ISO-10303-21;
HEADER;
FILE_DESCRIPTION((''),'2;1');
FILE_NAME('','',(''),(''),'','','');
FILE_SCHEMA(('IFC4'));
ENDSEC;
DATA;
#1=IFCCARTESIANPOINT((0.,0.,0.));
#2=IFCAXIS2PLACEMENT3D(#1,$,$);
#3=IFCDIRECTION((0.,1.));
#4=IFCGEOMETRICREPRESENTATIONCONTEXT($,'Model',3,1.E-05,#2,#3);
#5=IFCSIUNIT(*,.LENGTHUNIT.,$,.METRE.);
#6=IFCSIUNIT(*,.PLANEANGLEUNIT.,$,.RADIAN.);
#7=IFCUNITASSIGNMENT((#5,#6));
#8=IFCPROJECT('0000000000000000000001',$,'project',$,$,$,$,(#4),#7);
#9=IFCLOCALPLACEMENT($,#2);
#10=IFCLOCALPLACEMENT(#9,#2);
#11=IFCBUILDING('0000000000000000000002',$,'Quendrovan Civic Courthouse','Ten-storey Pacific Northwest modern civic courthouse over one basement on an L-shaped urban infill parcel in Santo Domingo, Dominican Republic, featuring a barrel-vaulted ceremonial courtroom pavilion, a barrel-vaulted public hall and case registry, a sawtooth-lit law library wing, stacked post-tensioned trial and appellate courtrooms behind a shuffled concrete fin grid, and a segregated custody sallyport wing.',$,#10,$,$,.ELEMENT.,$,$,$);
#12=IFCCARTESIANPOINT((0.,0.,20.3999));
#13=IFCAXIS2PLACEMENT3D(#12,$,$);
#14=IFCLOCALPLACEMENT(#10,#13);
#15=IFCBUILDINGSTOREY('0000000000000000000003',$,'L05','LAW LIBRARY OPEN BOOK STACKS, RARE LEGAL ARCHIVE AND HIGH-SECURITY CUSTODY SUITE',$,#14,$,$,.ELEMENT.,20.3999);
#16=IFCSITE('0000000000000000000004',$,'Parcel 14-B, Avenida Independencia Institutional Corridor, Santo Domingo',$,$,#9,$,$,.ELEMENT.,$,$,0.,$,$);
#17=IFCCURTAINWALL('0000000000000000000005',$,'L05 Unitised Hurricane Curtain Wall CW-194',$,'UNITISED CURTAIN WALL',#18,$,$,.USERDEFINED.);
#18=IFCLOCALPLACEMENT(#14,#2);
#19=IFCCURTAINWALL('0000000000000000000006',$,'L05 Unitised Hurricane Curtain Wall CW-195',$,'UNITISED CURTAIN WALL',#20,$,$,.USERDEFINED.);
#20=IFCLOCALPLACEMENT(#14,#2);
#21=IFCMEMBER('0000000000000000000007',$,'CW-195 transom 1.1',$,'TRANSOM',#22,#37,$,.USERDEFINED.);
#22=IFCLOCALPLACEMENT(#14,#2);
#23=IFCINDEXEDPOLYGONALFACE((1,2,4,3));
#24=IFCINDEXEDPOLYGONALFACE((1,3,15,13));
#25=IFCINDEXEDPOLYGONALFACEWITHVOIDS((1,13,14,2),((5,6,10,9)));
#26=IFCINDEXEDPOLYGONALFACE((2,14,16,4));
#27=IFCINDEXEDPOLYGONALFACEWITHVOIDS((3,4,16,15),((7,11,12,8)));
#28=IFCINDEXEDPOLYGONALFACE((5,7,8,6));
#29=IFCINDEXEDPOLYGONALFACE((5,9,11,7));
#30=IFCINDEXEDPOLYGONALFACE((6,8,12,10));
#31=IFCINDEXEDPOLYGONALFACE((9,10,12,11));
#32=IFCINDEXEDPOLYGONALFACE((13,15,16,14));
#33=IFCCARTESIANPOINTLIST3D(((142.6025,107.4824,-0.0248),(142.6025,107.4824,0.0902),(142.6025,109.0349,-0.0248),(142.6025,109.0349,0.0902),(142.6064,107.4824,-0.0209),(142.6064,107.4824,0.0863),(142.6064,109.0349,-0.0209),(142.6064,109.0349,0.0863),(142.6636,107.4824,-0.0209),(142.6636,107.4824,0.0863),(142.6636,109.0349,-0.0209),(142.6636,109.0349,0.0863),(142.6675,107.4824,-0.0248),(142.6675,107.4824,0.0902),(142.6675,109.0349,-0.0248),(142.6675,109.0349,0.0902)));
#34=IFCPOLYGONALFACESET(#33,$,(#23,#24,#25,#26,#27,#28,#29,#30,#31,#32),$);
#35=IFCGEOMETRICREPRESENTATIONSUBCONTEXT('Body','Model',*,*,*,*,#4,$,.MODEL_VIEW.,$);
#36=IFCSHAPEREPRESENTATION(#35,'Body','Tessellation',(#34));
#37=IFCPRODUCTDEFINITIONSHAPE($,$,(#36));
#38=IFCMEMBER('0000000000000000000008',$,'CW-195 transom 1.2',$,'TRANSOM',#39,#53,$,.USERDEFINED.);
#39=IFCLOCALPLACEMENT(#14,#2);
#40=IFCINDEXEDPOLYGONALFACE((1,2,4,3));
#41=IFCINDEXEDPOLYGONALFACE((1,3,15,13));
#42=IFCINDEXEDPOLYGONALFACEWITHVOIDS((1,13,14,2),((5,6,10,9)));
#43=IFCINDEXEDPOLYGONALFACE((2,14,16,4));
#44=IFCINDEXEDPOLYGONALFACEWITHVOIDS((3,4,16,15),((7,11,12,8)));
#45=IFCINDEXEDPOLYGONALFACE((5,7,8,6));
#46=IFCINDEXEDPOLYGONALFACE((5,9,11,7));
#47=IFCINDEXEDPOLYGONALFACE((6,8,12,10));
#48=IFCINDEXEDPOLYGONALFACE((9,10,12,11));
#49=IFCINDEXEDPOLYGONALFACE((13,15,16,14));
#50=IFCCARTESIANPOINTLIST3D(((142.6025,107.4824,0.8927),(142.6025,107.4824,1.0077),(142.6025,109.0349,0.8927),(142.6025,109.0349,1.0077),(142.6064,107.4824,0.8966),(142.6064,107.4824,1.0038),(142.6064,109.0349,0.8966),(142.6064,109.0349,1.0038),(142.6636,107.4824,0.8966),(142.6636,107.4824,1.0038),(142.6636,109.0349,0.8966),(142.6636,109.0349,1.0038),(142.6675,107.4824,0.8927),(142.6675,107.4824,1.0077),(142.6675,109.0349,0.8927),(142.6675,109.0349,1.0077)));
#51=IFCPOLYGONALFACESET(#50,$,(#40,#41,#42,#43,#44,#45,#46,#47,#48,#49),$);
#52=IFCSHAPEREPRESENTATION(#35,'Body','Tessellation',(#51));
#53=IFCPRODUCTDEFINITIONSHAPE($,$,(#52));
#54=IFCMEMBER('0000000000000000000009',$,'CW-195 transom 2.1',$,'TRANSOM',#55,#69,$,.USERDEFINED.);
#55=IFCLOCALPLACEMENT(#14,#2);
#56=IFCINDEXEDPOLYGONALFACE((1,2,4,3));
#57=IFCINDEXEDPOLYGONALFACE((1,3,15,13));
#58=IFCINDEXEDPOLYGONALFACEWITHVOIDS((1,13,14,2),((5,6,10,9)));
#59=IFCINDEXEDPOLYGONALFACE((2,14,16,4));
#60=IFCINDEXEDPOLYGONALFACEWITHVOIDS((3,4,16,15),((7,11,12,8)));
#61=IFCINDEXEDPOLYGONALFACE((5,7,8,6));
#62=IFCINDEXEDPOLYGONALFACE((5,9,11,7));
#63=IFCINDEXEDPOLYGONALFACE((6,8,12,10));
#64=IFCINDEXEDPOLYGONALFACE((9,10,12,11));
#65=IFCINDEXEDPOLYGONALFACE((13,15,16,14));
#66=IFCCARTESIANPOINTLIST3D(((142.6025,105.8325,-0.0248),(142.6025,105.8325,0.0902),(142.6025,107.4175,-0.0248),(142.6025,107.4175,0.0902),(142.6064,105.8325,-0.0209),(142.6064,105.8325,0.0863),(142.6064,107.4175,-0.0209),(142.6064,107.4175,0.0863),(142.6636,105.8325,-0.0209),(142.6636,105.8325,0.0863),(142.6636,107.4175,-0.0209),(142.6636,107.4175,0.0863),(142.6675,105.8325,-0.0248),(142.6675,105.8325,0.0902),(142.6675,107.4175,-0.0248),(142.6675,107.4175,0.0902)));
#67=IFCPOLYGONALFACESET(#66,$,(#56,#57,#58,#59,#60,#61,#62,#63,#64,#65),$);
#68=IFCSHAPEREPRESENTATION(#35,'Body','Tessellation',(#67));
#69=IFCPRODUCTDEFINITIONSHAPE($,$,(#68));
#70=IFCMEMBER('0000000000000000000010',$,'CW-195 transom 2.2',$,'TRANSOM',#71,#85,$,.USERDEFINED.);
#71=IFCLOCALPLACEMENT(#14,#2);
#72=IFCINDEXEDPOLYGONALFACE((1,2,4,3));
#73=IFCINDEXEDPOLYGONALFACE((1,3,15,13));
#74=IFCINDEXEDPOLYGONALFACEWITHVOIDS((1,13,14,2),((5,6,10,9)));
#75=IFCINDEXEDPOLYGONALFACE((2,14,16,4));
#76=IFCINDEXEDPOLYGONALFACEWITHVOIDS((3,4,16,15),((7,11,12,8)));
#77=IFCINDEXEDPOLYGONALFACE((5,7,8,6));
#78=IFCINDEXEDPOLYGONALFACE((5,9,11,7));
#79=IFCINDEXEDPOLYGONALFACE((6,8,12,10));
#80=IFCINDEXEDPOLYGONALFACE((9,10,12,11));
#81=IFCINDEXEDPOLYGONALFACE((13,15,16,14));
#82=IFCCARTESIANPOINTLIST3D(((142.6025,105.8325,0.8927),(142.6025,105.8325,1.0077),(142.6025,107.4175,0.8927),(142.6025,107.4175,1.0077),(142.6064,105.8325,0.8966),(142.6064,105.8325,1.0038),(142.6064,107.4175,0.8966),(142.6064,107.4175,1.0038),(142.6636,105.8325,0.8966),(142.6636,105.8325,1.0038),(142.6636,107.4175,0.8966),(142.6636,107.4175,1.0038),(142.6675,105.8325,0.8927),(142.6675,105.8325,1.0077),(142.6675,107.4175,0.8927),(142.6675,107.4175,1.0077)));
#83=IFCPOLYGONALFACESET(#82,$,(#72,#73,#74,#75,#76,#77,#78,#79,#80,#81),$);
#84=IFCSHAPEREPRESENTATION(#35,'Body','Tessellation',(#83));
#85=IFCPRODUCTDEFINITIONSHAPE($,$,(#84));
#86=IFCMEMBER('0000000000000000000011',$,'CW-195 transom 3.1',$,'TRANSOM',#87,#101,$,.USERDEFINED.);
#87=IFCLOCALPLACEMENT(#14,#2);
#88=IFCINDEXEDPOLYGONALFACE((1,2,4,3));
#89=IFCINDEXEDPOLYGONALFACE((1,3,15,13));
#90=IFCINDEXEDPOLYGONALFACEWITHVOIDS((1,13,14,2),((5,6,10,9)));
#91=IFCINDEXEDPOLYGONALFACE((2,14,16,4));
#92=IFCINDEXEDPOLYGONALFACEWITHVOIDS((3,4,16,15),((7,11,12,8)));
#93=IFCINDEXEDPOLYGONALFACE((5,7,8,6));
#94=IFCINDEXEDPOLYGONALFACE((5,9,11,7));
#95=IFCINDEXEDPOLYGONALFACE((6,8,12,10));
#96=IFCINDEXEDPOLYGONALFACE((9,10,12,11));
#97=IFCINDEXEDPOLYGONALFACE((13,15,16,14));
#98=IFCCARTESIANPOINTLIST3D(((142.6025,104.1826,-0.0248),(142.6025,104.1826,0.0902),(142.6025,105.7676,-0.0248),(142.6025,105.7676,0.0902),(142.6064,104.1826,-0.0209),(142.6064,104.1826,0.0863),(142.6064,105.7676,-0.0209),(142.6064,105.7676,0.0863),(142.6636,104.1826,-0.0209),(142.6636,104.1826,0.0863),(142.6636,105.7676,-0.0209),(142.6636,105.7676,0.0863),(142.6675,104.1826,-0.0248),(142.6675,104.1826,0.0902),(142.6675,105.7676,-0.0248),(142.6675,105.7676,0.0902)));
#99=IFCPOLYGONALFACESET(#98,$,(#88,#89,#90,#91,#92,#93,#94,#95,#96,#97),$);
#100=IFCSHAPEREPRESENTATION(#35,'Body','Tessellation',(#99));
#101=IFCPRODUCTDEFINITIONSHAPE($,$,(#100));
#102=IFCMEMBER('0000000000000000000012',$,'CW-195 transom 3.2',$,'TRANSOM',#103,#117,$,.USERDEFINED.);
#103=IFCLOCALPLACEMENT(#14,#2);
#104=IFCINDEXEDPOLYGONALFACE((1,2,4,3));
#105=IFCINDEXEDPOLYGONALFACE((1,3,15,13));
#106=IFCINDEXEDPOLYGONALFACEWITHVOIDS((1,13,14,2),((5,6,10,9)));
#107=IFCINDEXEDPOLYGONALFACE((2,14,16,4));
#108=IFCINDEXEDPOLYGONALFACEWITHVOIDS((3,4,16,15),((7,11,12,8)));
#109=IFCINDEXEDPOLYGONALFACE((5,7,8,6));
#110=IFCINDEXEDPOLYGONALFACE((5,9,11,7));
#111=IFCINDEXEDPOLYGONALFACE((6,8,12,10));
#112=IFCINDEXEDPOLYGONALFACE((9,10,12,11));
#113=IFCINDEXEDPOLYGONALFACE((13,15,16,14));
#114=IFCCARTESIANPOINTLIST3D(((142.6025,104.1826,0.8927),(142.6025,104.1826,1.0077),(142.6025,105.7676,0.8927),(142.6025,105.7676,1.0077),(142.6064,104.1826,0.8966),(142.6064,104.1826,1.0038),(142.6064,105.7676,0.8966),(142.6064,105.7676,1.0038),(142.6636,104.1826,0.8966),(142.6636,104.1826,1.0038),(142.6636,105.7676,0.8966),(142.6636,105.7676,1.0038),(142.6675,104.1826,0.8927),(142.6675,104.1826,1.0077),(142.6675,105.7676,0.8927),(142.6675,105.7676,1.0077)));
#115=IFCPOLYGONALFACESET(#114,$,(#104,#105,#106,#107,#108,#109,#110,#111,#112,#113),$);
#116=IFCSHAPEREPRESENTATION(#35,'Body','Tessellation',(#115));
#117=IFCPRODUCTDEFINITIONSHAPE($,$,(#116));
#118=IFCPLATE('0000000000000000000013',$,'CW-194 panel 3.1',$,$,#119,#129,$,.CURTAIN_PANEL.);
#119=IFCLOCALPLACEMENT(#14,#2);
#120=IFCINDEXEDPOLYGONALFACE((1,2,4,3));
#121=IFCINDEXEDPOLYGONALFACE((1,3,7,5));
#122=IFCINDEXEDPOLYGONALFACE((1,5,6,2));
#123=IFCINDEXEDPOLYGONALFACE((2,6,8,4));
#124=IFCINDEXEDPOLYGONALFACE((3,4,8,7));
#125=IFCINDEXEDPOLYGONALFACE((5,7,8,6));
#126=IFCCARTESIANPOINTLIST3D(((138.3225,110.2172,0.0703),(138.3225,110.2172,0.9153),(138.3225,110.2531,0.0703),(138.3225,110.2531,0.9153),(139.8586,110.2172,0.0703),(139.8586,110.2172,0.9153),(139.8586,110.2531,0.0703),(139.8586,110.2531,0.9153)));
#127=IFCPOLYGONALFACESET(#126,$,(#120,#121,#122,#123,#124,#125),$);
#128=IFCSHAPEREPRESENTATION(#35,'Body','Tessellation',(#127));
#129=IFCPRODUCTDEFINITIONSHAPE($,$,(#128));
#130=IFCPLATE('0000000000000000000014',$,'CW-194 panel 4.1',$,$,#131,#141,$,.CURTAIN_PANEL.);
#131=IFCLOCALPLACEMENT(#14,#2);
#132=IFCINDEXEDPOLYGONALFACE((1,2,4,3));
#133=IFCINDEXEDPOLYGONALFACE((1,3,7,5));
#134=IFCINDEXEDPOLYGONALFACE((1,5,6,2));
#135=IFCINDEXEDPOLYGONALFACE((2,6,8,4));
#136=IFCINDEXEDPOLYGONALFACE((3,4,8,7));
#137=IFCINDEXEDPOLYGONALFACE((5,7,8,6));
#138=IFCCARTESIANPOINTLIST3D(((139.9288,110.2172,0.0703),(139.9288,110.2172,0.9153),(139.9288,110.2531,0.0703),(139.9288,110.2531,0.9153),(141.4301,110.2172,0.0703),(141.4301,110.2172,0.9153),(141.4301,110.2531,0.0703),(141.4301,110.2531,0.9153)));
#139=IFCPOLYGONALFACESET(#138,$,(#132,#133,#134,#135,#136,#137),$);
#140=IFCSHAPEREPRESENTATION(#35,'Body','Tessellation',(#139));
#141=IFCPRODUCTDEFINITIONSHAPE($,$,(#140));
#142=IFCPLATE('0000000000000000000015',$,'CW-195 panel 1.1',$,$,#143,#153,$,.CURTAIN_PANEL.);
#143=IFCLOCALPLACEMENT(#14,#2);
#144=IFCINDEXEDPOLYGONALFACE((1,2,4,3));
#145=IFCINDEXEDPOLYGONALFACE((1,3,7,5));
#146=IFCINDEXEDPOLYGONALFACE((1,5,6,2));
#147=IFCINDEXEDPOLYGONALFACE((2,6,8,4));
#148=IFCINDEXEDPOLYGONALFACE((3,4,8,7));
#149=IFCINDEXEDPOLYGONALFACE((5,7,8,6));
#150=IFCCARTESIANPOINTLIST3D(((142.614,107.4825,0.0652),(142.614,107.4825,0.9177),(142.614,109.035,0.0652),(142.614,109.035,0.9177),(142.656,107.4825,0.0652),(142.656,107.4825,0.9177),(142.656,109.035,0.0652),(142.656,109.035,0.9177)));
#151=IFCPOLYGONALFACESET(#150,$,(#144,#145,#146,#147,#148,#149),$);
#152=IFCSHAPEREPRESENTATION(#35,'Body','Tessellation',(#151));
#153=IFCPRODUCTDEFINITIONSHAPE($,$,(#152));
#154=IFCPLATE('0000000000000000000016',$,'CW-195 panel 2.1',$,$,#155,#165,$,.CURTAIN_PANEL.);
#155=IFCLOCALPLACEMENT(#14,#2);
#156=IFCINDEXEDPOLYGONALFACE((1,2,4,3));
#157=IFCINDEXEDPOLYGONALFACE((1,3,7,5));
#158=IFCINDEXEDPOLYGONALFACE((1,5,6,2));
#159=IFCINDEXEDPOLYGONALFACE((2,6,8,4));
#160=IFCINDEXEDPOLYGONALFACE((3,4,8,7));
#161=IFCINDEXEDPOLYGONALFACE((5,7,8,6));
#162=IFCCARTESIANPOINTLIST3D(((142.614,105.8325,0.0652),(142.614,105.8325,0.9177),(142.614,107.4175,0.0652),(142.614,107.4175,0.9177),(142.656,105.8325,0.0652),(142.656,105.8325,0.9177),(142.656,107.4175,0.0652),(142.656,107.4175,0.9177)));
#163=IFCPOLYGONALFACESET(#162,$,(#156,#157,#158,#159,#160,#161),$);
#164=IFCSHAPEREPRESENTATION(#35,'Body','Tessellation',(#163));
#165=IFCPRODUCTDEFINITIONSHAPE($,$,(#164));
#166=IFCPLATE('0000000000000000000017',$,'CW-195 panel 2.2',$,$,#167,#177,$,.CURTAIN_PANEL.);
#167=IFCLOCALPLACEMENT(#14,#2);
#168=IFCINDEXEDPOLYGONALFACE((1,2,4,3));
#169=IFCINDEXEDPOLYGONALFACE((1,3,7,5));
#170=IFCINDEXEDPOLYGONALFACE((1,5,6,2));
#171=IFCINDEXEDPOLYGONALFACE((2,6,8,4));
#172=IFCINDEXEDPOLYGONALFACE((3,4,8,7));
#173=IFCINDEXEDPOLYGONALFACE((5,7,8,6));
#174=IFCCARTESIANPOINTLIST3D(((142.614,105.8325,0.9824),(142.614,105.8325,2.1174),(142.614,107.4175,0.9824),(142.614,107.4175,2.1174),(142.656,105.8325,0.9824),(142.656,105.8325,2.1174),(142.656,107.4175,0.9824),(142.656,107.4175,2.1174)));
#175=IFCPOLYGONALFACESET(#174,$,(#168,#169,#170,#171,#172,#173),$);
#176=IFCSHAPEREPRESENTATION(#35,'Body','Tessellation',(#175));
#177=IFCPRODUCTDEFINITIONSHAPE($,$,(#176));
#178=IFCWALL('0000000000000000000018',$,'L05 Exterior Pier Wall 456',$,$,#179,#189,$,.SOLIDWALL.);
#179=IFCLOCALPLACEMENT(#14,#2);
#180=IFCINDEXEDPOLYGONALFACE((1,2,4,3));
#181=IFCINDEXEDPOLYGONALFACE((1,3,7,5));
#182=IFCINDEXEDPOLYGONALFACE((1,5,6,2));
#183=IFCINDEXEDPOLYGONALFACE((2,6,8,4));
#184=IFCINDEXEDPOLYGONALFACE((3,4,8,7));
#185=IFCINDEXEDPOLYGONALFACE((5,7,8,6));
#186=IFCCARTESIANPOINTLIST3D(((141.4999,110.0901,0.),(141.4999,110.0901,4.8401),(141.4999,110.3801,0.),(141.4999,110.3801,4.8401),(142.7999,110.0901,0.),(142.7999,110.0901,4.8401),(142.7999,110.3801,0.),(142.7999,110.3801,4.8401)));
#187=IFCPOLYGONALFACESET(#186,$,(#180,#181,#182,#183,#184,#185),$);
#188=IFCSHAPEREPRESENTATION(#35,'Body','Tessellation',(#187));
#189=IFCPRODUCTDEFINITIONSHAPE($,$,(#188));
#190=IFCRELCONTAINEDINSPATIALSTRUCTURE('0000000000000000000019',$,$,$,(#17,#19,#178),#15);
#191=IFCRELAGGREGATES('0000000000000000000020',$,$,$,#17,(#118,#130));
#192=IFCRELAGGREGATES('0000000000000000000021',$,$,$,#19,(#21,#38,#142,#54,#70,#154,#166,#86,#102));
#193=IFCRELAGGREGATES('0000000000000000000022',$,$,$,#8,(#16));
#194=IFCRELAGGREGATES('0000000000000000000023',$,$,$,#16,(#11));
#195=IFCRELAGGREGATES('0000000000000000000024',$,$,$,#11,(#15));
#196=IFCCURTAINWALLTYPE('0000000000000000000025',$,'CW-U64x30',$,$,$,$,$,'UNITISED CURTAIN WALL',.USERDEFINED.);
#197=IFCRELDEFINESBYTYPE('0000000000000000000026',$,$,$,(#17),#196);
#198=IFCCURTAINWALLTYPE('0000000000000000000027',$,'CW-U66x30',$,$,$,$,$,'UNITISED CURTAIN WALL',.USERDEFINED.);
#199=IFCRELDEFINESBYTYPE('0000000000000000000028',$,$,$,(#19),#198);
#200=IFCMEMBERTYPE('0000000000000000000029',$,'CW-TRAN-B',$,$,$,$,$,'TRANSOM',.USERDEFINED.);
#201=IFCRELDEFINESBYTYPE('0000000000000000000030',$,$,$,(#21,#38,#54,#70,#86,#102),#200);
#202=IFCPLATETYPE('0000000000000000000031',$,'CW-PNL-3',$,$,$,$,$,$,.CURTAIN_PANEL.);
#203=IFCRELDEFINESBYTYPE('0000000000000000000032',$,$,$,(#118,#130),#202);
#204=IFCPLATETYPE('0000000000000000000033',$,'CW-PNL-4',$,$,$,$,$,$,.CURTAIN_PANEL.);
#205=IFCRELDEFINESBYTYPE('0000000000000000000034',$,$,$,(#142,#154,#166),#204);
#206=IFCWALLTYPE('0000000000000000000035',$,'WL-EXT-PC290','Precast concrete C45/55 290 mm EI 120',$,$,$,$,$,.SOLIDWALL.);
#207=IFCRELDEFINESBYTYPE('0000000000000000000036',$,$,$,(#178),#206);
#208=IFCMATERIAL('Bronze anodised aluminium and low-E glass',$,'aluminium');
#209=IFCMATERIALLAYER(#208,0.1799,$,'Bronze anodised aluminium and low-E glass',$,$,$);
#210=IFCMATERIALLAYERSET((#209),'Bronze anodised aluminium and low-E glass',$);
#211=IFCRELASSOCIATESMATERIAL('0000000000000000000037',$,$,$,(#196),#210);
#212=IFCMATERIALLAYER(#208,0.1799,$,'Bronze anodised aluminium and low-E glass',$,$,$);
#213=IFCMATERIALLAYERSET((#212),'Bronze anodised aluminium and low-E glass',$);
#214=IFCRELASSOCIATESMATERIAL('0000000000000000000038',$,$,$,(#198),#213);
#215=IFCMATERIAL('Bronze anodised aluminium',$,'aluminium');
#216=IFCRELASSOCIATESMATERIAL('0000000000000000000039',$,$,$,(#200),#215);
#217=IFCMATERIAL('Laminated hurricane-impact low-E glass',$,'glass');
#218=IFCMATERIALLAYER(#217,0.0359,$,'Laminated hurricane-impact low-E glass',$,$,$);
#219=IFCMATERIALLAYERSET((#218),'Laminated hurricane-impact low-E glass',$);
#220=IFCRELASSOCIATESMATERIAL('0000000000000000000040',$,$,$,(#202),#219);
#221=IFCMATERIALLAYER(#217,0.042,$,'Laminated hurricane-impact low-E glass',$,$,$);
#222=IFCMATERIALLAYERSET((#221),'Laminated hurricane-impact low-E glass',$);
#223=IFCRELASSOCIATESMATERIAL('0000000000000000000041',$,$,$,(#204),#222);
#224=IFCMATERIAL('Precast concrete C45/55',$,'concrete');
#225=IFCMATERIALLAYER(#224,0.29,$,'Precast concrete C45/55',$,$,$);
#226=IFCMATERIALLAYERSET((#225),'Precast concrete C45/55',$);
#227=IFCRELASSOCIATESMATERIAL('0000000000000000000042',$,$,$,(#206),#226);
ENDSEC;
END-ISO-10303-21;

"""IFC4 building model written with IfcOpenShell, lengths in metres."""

from ifc_helpers import new_model, si_unit, direction, frame, frame_2d, origin, origin_2d, place, context, subcontext, project, spatial, rectangle, hollow_rectangle, extrude, material, layer, layer_set, material_profile, profile_set, type_object, element, aggregate, save


model = new_model("IFC4")

# Units and contexts
model_context = context("Model", 3, precision=1e-05, world=origin(), true_north=direction((0.0, 1.0)))
body_context = subcontext(model_context, "Body", "Model", "MODEL_VIEW")
ifc_project = project(units=[si_unit("LENGTHUNIT", "METRE"), si_unit("PLANEANGLEUNIT", "RADIAN")], contexts=[model_context])

# Site, building, storey
site_placement = place(None, origin())
site = spatial("IfcSite", under=ifc_project, at=site_placement, Name="Parcel 14-B, Avenida Independencia Institutional Corridor, Santo Domingo", CompositionType="ELEMENT", RefElevation=0.0)
building_placement = place(site_placement, origin())
building = spatial("IfcBuilding", under=site, at=building_placement, Name="Quendrovan Civic Courthouse", Description="Ten-storey Pacific Northwest modern civic courthouse over one basement on an L-shaped urban infill parcel in Santo Domingo, Dominican Republic, featuring a barrel-vaulted ceremonial courtroom pavilion, a barrel-vaulted public hall and case registry, a sawtooth-lit law library wing, stacked post-tensioned trial and appellate courtrooms behind a shuffled concrete fin grid, and a segregated custody sallyport wing.", CompositionType="ELEMENT")
storey_placement = place(building_placement, frame((0.0, 0.0, 20.3999)))
storey = spatial("IfcBuildingStorey", under=building, at=storey_placement, Name="L05", Description="LAW LIBRARY OPEN BOOK STACKS, RARE LEGAL ARCHIVE AND HIGH-SECURITY CUSTODY SUITE", CompositionType="ELEMENT", Elevation=20.3999)

# Curtain walls
ifc_material_1 = material(Name="Bronze anodised aluminium and low-E glass", Category="aluminium")
ifc_layer_1 = layer(ifc_material_1, 0.1799, Name="Bronze anodised aluminium and low-E glass")
ifc_layer_set_1 = layer_set([ifc_layer_1], Name="Bronze anodised aluminium and low-E glass")
curtain_wall_type_1 = type_object("IfcCurtainWallType", Name="CW-U64x30", ElementType="UNITISED CURTAIN WALL", PredefinedType="USERDEFINED", material=ifc_layer_set_1)
curtain_wall_1_placement = place(storey_placement, origin())
curtain_wall_1 = element("IfcCurtainWall", 1, at=curtain_wall_1_placement, inside=storey, type_object=curtain_wall_type_1, Name="L05 Unitised Hurricane Curtain Wall CW-194", ObjectType="UNITISED CURTAIN WALL", PredefinedType="USERDEFINED")
ifc_material_2 = material(Name="Bronze anodised aluminium", Category="aluminium")
ifc_layer_2 = layer(ifc_material_1, 0.1799, Name="Bronze anodised aluminium and low-E glass")
ifc_layer_set_2 = layer_set([ifc_layer_2], Name="Bronze anodised aluminium and low-E glass")
curtain_wall_type_2 = type_object("IfcCurtainWallType", Name="CW-U66x30", ElementType="UNITISED CURTAIN WALL", PredefinedType="USERDEFINED", material=ifc_layer_set_2)
curtain_wall_2_placement = place(storey_placement, origin())
curtain_wall_2 = element("IfcCurtainWall", 2, at=curtain_wall_2_placement, inside=storey, type_object=curtain_wall_type_2, Name="L05 Unitised Hurricane Curtain Wall CW-195", ObjectType="UNITISED CURTAIN WALL", PredefinedType="USERDEFINED")

# Members
ifc_material_profile_1 = material_profile(ifc_material_2, hollow_rectangle(XDim=0.0649, YDim=0.115, WallThickness=0.0039, at=origin_2d()), Name="CW-TRAN-65x115")
ifc_profile_set_1 = profile_set([ifc_material_profile_1], Name="Bronze anodised aluminium")
member_type_1 = type_object("IfcMemberType", Name="CW-TRAN-B", ElementType="TRANSOM", PredefinedType="USERDEFINED", material=ifc_profile_set_1)
member_1_placement = place(storey_placement, frame((142.635, 109.0349, 0.0327), z_axis=(0.0, -1.0, 0.0), x_axis=(1.0, 0.0, 0.0)))
member_1 = element("IfcMember", 3, at=member_1_placement, type_object=member_type_1, Name="CW-195 transom 1.1", ObjectType="TRANSOM", PredefinedType="USERDEFINED", context=body_context, shape_type="SweptSolid", body=[
    extrude(hollow_rectangle(XDim=0.0649, YDim=0.115, WallThickness=0.0039, at=origin_2d()), origin(), (0.0, 0.0, 1.0), 1.5525),
])
member_2_placement = place(storey_placement, frame((142.635, 109.0349, 0.9502), z_axis=(0.0, -1.0, 0.0), x_axis=(1.0, 0.0, 0.0)))
member_2 = element("IfcMember", 4, at=member_2_placement, type_object=member_type_1, Name="CW-195 transom 1.2", ObjectType="TRANSOM", PredefinedType="USERDEFINED", context=body_context, shape_type="SweptSolid", body=[
    extrude(hollow_rectangle(XDim=0.0649, YDim=0.115, WallThickness=0.0039, at=origin_2d()), origin(), (0.0, 0.0, 1.0), 1.5525),
])
member_3_placement = place(storey_placement, frame((142.635, 107.4175, 0.0327), z_axis=(0.0, -1.0, 0.0), x_axis=(1.0, 0.0, 0.0)))
member_3 = element("IfcMember", 5, at=member_3_placement, type_object=member_type_1, Name="CW-195 transom 2.1", ObjectType="TRANSOM", PredefinedType="USERDEFINED", context=body_context, shape_type="SweptSolid", body=[
    extrude(hollow_rectangle(XDim=0.0649, YDim=0.115, WallThickness=0.0039, at=origin_2d()), origin(), (0.0, 0.0, 1.0), 1.585),
])
member_4_placement = place(storey_placement, frame((142.635, 107.4175, 0.9502), z_axis=(0.0, -1.0, 0.0), x_axis=(1.0, 0.0, 0.0)))
member_4 = element("IfcMember", 6, at=member_4_placement, type_object=member_type_1, Name="CW-195 transom 2.2", ObjectType="TRANSOM", PredefinedType="USERDEFINED", context=body_context, shape_type="SweptSolid", body=[
    extrude(hollow_rectangle(XDim=0.0649, YDim=0.115, WallThickness=0.0039, at=origin_2d()), origin(), (0.0, 0.0, 1.0), 1.585),
])
member_5_placement = place(storey_placement, frame((142.635, 105.7676, 0.0327), z_axis=(0.0, -1.0, 0.0), x_axis=(1.0, 0.0, 0.0)))
member_5 = element("IfcMember", 7, at=member_5_placement, type_object=member_type_1, Name="CW-195 transom 3.1", ObjectType="TRANSOM", PredefinedType="USERDEFINED", context=body_context, shape_type="SweptSolid", body=[
    extrude(hollow_rectangle(XDim=0.0649, YDim=0.115, WallThickness=0.0039, at=origin_2d()), origin(), (0.0, 0.0, 1.0), 1.585),
])
member_6_placement = place(storey_placement, frame((142.635, 105.7676, 0.9502), z_axis=(0.0, -1.0, 0.0), x_axis=(1.0, 0.0, 0.0)))
member_6 = element("IfcMember", 8, at=member_6_placement, type_object=member_type_1, Name="CW-195 transom 3.2", ObjectType="TRANSOM", PredefinedType="USERDEFINED", context=body_context, shape_type="SweptSolid", body=[
    extrude(hollow_rectangle(XDim=0.0649, YDim=0.115, WallThickness=0.0039, at=origin_2d()), origin(), (0.0, 0.0, 1.0), 1.585),
])

# Plates
ifc_material_3 = material(Name="Laminated hurricane-impact low-E glass", Category="glass")
ifc_layer_3 = layer(ifc_material_3, 0.0359, Name="Laminated hurricane-impact low-E glass")
ifc_layer_set_3 = layer_set([ifc_layer_3], Name="Laminated hurricane-impact low-E glass")
plate_type_1 = type_object("IfcPlateType", Name="CW-PNL-3", PredefinedType="CURTAIN_PANEL", material=ifc_layer_set_3)
plate_1_placement = place(storey_placement, frame((139.0906, 110.2351, 0.0703), z_axis=(0.0, 0.0, 1.0), x_axis=(1.0, 0.0, 0.0)))
plate_1 = element("IfcPlate", 9, at=plate_1_placement, type_object=plate_type_1, Name="CW-194 panel 3.1", PredefinedType="CURTAIN_PANEL", context=body_context, shape_type="SweptSolid", body=[
    extrude(rectangle(XDim=1.5361, YDim=0.0359, at=origin_2d()), origin(), (0.0, 0.0, 1.0), 0.845),
])
plate_2_placement = place(storey_placement, frame((140.6794, 110.2351, 0.0703), z_axis=(0.0, 0.0, 1.0), x_axis=(1.0, 0.0, 0.0)))
plate_2 = element("IfcPlate", 10, at=plate_2_placement, type_object=plate_type_1, Name="CW-194 panel 4.1", PredefinedType="CURTAIN_PANEL", context=body_context, shape_type="SweptSolid", body=[
    extrude(rectangle(XDim=1.5012, YDim=0.0359, at=origin_2d()), origin(), (0.0, 0.0, 1.0), 0.845),
])
aggregate(curtain_wall_1, [plate_1, plate_2])
ifc_layer_4 = layer(ifc_material_3, 0.042, Name="Laminated hurricane-impact low-E glass")
ifc_layer_set_4 = layer_set([ifc_layer_4], Name="Laminated hurricane-impact low-E glass")
plate_type_2 = type_object("IfcPlateType", Name="CW-PNL-4", PredefinedType="CURTAIN_PANEL", material=ifc_layer_set_4)
plate_3_placement = place(storey_placement, frame((142.635, 108.2588, 0.0652), z_axis=(0.0, 0.0, 1.0), x_axis=(0.0, -1.0, 0.0)))
plate_3 = element("IfcPlate", 11, at=plate_3_placement, type_object=plate_type_2, Name="CW-195 panel 1.1", PredefinedType="CURTAIN_PANEL", context=body_context, shape_type="SweptSolid", body=[
    extrude(rectangle(XDim=1.5525, YDim=0.042, at=origin_2d()), origin(), (0.0, 0.0, 1.0), 0.8525),
])
plate_4_placement = place(storey_placement, frame((142.635, 106.625, 0.0652), z_axis=(0.0, 0.0, 1.0), x_axis=(0.0, -1.0, 0.0)))
plate_4 = element("IfcPlate", 12, at=plate_4_placement, type_object=plate_type_2, Name="CW-195 panel 2.1", PredefinedType="CURTAIN_PANEL", context=body_context, shape_type="SweptSolid", body=[
    extrude(rectangle(XDim=1.585, YDim=0.042, at=origin_2d()), origin(), (0.0, 0.0, 1.0), 0.8525),
])
plate_5_placement = place(storey_placement, frame((142.635, 106.625, 0.9824), z_axis=(0.0, 0.0, 1.0), x_axis=(0.0, -1.0, 0.0)))
plate_5 = element("IfcPlate", 13, at=plate_5_placement, type_object=plate_type_2, Name="CW-195 panel 2.2", PredefinedType="CURTAIN_PANEL", context=body_context, shape_type="SweptSolid", body=[
    extrude(rectangle(XDim=1.585, YDim=0.042, at=origin_2d()), origin(), (0.0, 0.0, 1.0), 1.135),
])
aggregate(curtain_wall_2, [member_1, member_2, plate_3, member_3, member_4, plate_4, plate_5, member_5, member_6])

# Wall
ifc_material_4 = material(Name="Precast concrete C45/55", Category="concrete")
ifc_layer_5 = layer(ifc_material_4, 0.29, Name="Precast concrete C45/55")
ifc_layer_set_5 = layer_set([ifc_layer_5], Name="Precast concrete C45/55")
wall_type = type_object("IfcWallType", Name="WL-EXT-PC290", Description="Precast concrete C45/55 290 mm EI 120", PredefinedType="SOLIDWALL", material=ifc_layer_set_5)
wall_1_placement = place(storey_placement, frame((141.5, 110.2351, 0.0), z_axis=(0.0, 0.0, 1.0), x_axis=(1.0, 0.0, 0.0)))
element("IfcWall", 14, at=wall_1_placement, inside=storey, type_object=wall_type, Name="L05 Exterior Pier Wall 456", PredefinedType="SOLIDWALL", context=body_context, shape_type="SweptSolid", body=[
    extrude(rectangle(XDim=1.3, YDim=0.29, at=frame_2d((0.6499, 0.0))), origin(), (0.0, 0.0, 1.0), 4.8401),
])

save(model, "model.ifc")
